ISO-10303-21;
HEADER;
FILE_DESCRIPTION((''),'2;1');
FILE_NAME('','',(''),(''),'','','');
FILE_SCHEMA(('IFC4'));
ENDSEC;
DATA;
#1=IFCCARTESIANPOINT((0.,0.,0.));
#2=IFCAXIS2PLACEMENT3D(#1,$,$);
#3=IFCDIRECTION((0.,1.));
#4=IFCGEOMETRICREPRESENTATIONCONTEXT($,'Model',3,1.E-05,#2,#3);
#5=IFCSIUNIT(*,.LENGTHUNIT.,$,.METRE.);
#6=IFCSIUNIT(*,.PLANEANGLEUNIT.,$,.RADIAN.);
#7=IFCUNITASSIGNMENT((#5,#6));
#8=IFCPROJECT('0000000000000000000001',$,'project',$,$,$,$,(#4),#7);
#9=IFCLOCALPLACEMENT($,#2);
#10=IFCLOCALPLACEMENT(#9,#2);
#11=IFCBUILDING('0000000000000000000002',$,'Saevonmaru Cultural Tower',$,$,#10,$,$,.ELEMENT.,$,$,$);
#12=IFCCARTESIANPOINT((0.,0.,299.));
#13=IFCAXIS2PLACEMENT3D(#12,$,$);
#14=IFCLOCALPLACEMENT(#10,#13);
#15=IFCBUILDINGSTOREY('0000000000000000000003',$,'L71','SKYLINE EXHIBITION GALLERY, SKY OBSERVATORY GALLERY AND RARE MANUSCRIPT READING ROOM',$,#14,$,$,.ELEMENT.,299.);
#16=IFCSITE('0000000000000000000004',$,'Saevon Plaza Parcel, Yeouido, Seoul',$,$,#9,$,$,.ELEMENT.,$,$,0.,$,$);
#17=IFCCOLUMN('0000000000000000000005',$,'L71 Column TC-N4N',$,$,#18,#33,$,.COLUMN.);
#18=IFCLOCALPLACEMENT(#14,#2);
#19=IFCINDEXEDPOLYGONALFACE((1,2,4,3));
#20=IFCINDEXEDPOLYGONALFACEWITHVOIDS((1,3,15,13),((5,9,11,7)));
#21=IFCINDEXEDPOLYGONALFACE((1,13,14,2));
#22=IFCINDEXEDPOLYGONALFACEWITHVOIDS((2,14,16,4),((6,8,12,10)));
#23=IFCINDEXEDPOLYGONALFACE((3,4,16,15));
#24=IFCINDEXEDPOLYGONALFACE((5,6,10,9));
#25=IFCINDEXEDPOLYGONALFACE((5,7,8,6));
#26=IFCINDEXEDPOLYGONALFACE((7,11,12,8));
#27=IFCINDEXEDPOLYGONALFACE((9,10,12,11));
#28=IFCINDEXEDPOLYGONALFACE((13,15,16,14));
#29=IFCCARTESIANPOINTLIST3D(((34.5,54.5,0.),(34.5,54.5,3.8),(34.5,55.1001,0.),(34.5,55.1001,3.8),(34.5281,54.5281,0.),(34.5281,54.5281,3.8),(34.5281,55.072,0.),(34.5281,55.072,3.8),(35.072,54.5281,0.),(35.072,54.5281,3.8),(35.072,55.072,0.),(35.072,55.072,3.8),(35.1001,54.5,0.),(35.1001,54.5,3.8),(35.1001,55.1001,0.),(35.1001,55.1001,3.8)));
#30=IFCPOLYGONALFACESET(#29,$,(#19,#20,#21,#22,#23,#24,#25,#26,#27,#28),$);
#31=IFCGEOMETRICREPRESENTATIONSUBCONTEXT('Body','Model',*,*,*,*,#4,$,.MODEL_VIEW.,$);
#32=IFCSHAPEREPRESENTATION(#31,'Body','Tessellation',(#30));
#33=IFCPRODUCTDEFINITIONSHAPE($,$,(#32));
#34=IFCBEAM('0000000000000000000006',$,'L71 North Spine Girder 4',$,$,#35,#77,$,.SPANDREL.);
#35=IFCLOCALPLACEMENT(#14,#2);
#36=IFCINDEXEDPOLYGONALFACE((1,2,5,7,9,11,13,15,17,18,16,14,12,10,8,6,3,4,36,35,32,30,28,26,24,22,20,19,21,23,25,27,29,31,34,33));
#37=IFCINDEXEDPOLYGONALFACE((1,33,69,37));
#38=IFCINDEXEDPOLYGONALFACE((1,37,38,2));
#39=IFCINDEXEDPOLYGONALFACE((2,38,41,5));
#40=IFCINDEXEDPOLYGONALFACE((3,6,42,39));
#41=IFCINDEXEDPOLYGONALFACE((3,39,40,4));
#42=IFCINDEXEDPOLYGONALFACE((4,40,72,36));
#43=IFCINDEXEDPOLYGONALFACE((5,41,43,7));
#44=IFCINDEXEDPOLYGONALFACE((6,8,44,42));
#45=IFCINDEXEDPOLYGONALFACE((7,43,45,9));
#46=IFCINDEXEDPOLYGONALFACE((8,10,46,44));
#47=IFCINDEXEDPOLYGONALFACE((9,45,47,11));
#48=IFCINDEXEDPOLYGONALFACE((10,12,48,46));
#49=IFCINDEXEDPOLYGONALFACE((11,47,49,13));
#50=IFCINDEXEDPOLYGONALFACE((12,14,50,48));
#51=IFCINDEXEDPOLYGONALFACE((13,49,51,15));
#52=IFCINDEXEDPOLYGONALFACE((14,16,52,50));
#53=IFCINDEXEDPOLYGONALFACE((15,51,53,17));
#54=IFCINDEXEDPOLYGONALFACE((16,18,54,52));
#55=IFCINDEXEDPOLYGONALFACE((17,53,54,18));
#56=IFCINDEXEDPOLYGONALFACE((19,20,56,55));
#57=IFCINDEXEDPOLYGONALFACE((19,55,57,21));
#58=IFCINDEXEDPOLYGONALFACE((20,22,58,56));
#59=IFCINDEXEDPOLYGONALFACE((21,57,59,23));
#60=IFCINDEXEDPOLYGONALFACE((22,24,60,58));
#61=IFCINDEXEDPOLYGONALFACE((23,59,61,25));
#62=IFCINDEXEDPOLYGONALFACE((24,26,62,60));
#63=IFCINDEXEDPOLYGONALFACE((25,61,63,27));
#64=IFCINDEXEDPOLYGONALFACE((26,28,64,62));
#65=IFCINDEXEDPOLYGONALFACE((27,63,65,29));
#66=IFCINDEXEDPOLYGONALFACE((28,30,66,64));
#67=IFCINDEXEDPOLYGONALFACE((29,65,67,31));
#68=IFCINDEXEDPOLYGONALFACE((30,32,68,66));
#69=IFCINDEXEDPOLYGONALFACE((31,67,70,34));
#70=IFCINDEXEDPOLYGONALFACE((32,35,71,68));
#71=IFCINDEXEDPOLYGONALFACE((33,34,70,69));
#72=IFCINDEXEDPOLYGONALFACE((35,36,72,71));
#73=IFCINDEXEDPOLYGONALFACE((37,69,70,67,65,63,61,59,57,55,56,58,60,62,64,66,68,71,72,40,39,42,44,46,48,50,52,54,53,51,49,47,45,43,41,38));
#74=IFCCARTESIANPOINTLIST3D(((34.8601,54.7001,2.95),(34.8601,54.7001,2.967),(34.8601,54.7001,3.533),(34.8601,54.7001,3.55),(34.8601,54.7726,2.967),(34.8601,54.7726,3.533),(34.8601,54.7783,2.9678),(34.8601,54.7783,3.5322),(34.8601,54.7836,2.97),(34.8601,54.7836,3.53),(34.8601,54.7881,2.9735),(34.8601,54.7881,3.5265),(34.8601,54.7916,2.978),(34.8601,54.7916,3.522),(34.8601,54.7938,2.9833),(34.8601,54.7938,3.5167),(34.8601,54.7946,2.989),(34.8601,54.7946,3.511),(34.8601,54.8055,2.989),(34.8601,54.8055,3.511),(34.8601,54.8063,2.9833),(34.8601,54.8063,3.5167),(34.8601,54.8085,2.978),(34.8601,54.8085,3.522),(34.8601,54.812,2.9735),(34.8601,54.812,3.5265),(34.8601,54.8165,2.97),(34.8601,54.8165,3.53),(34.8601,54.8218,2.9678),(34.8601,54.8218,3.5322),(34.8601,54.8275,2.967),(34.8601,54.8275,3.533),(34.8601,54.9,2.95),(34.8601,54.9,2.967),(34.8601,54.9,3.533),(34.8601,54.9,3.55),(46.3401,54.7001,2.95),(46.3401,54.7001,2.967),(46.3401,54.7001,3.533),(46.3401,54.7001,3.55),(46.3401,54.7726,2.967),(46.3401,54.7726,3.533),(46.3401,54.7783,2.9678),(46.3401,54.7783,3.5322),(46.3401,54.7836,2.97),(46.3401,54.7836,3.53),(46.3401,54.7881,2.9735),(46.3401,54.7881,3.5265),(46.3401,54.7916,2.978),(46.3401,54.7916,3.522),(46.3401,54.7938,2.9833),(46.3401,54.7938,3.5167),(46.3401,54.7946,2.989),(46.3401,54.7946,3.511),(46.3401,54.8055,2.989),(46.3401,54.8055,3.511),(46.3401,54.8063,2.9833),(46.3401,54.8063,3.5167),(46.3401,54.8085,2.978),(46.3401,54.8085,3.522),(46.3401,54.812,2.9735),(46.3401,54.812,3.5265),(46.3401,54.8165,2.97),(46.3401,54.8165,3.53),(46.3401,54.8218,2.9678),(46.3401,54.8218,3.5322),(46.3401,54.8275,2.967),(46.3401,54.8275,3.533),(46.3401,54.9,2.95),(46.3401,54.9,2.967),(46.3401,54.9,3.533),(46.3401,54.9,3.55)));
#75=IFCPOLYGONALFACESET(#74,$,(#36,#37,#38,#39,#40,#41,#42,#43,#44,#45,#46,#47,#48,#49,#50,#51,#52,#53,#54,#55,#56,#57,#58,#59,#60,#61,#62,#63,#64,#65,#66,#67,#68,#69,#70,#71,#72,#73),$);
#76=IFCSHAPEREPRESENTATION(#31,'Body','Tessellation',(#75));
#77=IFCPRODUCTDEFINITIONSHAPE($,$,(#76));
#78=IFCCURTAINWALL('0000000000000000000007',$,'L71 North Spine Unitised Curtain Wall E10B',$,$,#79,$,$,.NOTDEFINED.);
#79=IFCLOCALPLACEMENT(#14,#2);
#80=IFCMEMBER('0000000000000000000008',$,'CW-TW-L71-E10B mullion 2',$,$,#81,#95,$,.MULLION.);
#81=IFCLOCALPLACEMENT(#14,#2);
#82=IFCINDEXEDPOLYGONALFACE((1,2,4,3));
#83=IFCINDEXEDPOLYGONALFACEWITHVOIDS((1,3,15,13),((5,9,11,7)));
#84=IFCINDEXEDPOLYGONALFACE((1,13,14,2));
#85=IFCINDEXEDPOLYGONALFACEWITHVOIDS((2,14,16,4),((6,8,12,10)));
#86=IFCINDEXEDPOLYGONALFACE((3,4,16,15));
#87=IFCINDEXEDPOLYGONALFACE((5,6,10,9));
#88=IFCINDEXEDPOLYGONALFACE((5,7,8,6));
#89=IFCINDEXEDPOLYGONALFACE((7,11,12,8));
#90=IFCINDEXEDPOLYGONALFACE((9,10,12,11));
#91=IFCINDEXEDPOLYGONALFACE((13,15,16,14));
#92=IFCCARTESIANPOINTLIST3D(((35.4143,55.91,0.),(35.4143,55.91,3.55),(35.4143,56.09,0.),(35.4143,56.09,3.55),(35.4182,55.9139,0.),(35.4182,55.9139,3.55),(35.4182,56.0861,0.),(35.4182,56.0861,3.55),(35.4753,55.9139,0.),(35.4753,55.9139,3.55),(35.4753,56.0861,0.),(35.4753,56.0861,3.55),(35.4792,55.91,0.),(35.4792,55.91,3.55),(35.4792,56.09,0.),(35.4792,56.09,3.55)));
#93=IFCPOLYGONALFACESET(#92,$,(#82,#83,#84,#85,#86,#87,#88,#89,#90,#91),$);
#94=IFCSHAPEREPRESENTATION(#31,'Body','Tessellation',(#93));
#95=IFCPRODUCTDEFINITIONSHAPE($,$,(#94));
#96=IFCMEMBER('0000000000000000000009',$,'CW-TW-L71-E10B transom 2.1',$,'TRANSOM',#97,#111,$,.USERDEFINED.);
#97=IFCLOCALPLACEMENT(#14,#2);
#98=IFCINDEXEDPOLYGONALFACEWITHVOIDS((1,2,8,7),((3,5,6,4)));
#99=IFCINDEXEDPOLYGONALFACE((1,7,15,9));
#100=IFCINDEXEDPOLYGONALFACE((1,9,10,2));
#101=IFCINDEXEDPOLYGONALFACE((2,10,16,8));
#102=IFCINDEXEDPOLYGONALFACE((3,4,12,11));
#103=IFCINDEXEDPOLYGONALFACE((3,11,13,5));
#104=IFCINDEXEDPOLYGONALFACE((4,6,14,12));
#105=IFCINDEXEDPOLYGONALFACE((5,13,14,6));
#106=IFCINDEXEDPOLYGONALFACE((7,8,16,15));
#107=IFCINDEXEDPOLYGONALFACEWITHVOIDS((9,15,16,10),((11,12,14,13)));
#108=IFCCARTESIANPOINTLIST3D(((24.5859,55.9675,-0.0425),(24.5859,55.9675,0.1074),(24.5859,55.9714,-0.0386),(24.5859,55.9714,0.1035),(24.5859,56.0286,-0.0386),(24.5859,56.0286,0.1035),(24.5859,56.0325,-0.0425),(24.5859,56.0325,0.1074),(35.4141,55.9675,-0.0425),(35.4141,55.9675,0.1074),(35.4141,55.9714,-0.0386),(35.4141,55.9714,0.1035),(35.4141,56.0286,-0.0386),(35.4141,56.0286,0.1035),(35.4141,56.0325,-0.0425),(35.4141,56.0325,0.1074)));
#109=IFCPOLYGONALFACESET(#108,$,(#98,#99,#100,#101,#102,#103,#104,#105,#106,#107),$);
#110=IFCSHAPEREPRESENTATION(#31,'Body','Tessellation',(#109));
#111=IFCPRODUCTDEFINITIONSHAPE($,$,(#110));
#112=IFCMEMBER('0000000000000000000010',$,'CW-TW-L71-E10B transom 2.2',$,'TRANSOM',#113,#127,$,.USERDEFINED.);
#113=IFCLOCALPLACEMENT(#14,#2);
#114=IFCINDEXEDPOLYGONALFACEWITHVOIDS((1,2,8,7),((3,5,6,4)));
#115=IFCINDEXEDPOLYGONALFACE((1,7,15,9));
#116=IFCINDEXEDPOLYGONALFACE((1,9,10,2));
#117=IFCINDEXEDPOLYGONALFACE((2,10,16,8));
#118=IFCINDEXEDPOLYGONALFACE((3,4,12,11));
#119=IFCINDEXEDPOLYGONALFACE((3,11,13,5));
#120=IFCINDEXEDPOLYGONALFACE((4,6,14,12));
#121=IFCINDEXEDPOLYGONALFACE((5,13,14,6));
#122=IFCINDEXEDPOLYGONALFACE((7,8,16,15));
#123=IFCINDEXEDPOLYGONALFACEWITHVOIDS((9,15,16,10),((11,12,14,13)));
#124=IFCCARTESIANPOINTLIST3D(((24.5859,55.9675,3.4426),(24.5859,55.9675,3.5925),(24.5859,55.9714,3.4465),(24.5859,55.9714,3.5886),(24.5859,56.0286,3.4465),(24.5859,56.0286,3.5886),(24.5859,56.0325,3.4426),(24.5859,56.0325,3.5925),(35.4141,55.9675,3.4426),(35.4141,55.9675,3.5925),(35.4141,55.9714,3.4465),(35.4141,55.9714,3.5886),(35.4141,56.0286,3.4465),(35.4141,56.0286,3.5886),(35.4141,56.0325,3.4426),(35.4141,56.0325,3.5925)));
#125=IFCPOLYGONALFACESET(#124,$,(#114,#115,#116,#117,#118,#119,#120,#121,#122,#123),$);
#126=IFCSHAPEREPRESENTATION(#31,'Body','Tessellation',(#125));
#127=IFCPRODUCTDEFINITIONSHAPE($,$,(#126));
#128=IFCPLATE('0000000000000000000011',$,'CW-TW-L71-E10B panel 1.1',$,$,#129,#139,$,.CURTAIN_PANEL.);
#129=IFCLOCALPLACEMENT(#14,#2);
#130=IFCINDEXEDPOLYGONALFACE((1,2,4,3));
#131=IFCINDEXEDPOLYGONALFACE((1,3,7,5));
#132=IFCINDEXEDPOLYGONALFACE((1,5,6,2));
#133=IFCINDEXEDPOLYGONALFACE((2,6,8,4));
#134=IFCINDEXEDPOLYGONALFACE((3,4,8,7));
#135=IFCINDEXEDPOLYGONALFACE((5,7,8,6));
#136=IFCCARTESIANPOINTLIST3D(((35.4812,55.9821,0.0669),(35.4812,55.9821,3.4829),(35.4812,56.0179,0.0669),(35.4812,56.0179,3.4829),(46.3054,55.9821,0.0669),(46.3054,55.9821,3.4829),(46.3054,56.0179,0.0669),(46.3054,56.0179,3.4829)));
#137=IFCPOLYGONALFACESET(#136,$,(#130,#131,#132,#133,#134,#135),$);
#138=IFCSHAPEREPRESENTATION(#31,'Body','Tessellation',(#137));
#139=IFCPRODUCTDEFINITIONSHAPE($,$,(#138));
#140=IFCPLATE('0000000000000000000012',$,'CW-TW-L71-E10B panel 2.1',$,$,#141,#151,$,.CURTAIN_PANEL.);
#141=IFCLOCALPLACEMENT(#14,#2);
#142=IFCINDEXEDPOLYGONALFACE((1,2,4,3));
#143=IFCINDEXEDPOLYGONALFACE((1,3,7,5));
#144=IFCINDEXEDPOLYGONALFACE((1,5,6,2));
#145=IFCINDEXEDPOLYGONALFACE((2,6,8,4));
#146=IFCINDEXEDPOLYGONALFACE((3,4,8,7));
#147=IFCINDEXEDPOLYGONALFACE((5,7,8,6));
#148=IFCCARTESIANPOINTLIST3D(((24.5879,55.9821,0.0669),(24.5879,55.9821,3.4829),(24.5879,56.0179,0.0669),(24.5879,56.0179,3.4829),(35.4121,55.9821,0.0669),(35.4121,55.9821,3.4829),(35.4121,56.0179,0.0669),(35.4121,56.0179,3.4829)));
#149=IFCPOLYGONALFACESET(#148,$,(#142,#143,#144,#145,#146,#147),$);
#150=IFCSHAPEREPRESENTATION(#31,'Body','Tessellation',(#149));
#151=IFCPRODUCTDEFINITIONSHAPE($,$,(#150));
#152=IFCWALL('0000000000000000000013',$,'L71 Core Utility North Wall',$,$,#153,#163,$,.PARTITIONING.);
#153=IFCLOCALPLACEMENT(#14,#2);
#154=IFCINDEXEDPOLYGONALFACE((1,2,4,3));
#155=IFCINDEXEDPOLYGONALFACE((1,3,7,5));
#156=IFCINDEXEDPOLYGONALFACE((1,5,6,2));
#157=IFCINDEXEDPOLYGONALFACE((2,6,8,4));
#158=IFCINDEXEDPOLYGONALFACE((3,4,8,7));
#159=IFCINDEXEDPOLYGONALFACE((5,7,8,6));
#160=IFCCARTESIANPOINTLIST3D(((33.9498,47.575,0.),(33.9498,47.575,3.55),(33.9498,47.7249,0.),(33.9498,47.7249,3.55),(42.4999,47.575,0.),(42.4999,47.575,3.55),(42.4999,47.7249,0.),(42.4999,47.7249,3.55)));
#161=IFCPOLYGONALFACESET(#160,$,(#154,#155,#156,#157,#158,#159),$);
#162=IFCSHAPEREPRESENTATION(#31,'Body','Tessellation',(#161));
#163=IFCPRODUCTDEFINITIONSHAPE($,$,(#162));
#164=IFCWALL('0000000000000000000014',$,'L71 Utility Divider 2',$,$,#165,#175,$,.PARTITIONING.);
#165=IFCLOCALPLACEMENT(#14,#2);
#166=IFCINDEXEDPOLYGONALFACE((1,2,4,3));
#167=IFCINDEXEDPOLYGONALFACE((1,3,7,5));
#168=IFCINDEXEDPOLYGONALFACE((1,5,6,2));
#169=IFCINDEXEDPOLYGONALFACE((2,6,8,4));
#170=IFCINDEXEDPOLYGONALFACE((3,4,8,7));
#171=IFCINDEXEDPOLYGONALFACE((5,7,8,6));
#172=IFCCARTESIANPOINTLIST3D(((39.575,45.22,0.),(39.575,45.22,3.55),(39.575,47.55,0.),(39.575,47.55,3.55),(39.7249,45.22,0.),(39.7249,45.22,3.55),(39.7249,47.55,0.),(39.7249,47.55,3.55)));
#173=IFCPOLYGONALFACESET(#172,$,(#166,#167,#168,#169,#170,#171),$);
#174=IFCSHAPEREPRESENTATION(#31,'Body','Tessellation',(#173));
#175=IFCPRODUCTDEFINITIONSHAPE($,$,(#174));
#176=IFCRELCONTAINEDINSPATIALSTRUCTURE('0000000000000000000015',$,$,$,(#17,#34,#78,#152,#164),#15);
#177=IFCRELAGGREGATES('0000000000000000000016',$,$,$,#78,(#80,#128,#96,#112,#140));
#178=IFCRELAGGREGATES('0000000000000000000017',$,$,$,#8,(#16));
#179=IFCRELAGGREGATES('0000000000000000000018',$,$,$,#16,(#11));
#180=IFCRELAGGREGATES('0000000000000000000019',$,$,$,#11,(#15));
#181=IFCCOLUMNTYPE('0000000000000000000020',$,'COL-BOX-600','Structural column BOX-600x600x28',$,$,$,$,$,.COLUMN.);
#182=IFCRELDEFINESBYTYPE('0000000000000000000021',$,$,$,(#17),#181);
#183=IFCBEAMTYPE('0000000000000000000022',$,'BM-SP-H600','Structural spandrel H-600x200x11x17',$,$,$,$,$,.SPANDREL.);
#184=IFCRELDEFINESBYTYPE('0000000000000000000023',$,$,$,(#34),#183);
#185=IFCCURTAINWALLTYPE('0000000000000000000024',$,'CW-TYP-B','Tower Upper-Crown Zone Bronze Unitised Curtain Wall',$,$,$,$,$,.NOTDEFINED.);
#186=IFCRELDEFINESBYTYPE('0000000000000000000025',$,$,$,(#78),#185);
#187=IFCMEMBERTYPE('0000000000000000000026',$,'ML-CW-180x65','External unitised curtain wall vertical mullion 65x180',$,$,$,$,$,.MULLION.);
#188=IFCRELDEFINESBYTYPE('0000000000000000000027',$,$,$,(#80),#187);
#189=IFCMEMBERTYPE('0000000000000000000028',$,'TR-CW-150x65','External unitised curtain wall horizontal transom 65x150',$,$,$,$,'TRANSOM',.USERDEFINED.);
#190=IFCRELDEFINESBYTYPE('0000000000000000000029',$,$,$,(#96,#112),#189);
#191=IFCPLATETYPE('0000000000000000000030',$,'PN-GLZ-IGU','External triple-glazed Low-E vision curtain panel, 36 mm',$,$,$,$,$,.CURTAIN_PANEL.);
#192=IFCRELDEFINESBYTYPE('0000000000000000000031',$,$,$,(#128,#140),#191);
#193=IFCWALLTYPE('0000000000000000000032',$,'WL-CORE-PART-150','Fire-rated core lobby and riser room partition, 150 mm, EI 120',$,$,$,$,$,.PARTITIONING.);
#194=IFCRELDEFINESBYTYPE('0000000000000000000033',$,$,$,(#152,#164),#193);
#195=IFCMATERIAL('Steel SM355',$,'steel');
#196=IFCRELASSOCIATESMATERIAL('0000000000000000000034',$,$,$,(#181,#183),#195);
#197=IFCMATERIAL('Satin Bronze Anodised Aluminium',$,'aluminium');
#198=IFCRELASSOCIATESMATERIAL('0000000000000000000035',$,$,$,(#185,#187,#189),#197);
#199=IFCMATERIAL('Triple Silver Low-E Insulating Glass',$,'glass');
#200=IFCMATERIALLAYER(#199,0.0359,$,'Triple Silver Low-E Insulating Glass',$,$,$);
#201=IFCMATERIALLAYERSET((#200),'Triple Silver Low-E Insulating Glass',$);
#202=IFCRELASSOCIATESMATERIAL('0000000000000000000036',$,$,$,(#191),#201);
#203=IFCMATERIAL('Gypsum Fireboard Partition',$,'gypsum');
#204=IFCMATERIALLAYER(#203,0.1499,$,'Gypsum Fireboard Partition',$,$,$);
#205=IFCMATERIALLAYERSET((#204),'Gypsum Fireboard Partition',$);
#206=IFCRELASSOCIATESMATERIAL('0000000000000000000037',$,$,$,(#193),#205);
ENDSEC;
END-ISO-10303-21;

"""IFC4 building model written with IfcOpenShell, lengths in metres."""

from ifc_helpers import new_model, si_unit, direction, frame, frame_2d, origin, origin_2d, place, context, subcontext, project, spatial, rectangle, hollow_rectangle, i_section, extrude, material, layer, layer_set, material_profile, profile_set, type_object, element, aggregate, save


model = new_model("IFC4")

# Units and contexts
model_context = context("Model", 3, precision=1e-05, world=origin(), true_north=direction((0.0, 1.0)))
body_context = subcontext(model_context, "Body", "Model", "MODEL_VIEW")
ifc_project = project(units=[si_unit("LENGTHUNIT", "METRE"), si_unit("PLANEANGLEUNIT", "RADIAN")], contexts=[model_context])

# Site, building, storey
site_placement = place(None, origin())
site = spatial("IfcSite", under=ifc_project, at=site_placement, Name="Saevon Plaza Parcel, Yeouido, Seoul", CompositionType="ELEMENT", RefElevation=0.0)
building_placement = place(site_placement, origin())
building = spatial("IfcBuilding", under=site, at=building_placement, Name="Saevonmaru Cultural Tower", CompositionType="ELEMENT")
storey_placement = place(building_placement, frame((0.0, 0.0, 299.0)))
storey = spatial("IfcBuildingStorey", under=building, at=storey_placement, Name="L71", Description="SKYLINE EXHIBITION GALLERY, SKY OBSERVATORY GALLERY AND RARE MANUSCRIPT READING ROOM", CompositionType="ELEMENT", Elevation=299.0)

# Column
ifc_material_1 = material(Name="Steel SM355", Category="steel")
ifc_material_profile_1 = material_profile(ifc_material_1, hollow_rectangle(XDim=0.6001, YDim=0.6001, WallThickness=0.0281, at=origin_2d()), Name="BOX-600x600x28")
ifc_profile_set_1 = profile_set([ifc_material_profile_1], Name="Steel SM355")
column_type = type_object("IfcColumnType", Name="COL-BOX-600", Description="Structural column BOX-600x600x28", PredefinedType="COLUMN", material=ifc_profile_set_1)
column_placement = place(storey_placement, frame((34.8, 54.8, 0.0), z_axis=(0.0, 0.0, 1.0), x_axis=(1.0, 0.0, 0.0)))
element("IfcColumn", 1, at=column_placement, inside=storey, type_object=column_type, Name="L71 Column TC-N4N", PredefinedType="COLUMN", context=body_context, shape_type="SweptSolid", body=[
    extrude(hollow_rectangle(XDim=0.6001, YDim=0.6001, WallThickness=0.0281, at=origin_2d()), origin(), (0.0, 0.0, 1.0), 3.8),
])

# Beam
ifc_material_profile_2 = material_profile(ifc_material_1, i_section(OverallWidth=0.2, OverallDepth=0.6001, WebThickness=0.011, FlangeThickness=0.0171, FilletRadius=0.022, at=origin_2d()), Name="H-600x200x11x17")
ifc_profile_set_2 = profile_set([ifc_material_profile_2], Name="Steel SM355")
beam_type = type_object("IfcBeamType", Name="BM-SP-H600", Description="Structural spandrel H-600x200x11x17", PredefinedType="SPANDREL", material=ifc_profile_set_2)
beam_placement = place(storey_placement, frame((34.8601, 54.8, 3.25), z_axis=(1.0, 0.0, 0.0), x_axis=(0.0, 1.0, 0.0)))
element("IfcBeam", 2, at=beam_placement, inside=storey, type_object=beam_type, Name="L71 North Spine Girder 4", PredefinedType="SPANDREL", context=body_context, shape_type="SweptSolid", body=[
    extrude(i_section(OverallWidth=0.2, OverallDepth=0.6001, WebThickness=0.011, FlangeThickness=0.0171, FilletRadius=0.022, at=origin_2d()), origin(), (0.0, 0.0, 1.0), 11.48),
])

# Curtain wall, members, plates
ifc_material_2 = material(Name="Satin Bronze Anodised Aluminium", Category="aluminium")
curtain_wall_type = type_object("IfcCurtainWallType", Name="CW-TYP-B", Description="Tower Upper-Crown Zone Bronze Unitised Curtain Wall", PredefinedType="NOTDEFINED", material=ifc_material_2)
curtain_wall_placement = place(storey_placement, origin())
curtain_wall = element("IfcCurtainWall", 3, at=curtain_wall_placement, inside=storey, type_object=curtain_wall_type, Name="L71 North Spine Unitised Curtain Wall E10B", PredefinedType="NOTDEFINED")
ifc_material_profile_3 = material_profile(ifc_material_2, hollow_rectangle(XDim=0.0649, YDim=0.1799, WallThickness=0.0039, at=origin_2d()), Name="ALU-MULL-180x65x4")
ifc_profile_set_3 = profile_set([ifc_material_profile_3], Name="Satin Bronze Anodised Aluminium")
member_type_1 = type_object("IfcMemberType", Name="ML-CW-180x65", Description="External unitised curtain wall vertical mullion 65x180", PredefinedType="MULLION", material=ifc_profile_set_3)
member_1_placement = place(storey_placement, frame((35.4468, 56.0, 0.0), z_axis=(0.0, 0.0, 1.0), x_axis=(-1.0, 0.0, 0.0)))
member_1 = element("IfcMember", 4, at=member_1_placement, type_object=member_type_1, Name="CW-TW-L71-E10B mullion 2", PredefinedType="MULLION", context=body_context, shape_type="SweptSolid", body=[
    extrude(hollow_rectangle(XDim=0.0649, YDim=0.1799, WallThickness=0.0039, at=origin_2d()), origin(), (0.0, 0.0, 1.0), 3.55),
])
ifc_material_profile_4 = material_profile(ifc_material_2, hollow_rectangle(XDim=0.0649, YDim=0.1499, WallThickness=0.0039, at=origin_2d()), Name="ALU-TRAN-150x65x4")
ifc_profile_set_4 = profile_set([ifc_material_profile_4], Name="Satin Bronze Anodised Aluminium")
member_type_2 = type_object("IfcMemberType", Name="TR-CW-150x65", Description="External unitised curtain wall horizontal transom 65x150", ElementType="TRANSOM", PredefinedType="USERDEFINED", material=ifc_profile_set_4)
member_2_placement = place(storey_placement, frame((35.4141, 56.0, 0.0325), z_axis=(-1.0, 0.0, 0.0), x_axis=(0.0, -1.0, 0.0)))
member_2 = element("IfcMember", 5, at=member_2_placement, type_object=member_type_2, Name="CW-TW-L71-E10B transom 2.1", ObjectType="TRANSOM", PredefinedType="USERDEFINED", context=body_context, shape_type="SweptSolid", body=[
    extrude(hollow_rectangle(XDim=0.0649, YDim=0.1499, WallThickness=0.0039, at=origin_2d()), origin(), (0.0, 0.0, 1.0), 10.8281),
])
member_3_placement = place(storey_placement, frame((35.4141, 56.0, 3.5176), z_axis=(-1.0, 0.0, 0.0), x_axis=(0.0, -1.0, 0.0)))
member_3 = element("IfcMember", 6, at=member_3_placement, type_object=member_type_2, Name="CW-TW-L71-E10B transom 2.2", ObjectType="TRANSOM", PredefinedType="USERDEFINED", context=body_context, shape_type="SweptSolid", body=[
    extrude(hollow_rectangle(XDim=0.0649, YDim=0.1499, WallThickness=0.0039, at=origin_2d()), origin(), (0.0, 0.0, 1.0), 10.8281),
])
ifc_material_3 = material(Name="Triple Silver Low-E Insulating Glass", Category="glass")
ifc_layer_1 = layer(ifc_material_3, 0.0359, Name="Triple Silver Low-E Insulating Glass")
ifc_layer_set_1 = layer_set([ifc_layer_1], Name="Triple Silver Low-E Insulating Glass")
plate_type = type_object("IfcPlateType", Name="PN-GLZ-IGU", Description="External triple-glazed Low-E vision curtain panel, 36 mm", PredefinedType="CURTAIN_PANEL", material=ifc_layer_set_1)
plate_1_placement = place(storey_placement, frame((40.8933, 56.0, 0.0669), z_axis=(0.0, 0.0, 1.0), x_axis=(-1.0, 0.0, 0.0)))
plate_1 = element("IfcPlate", 7, at=plate_1_placement, type_object=plate_type, Name="CW-TW-L71-E10B panel 1.1", PredefinedType="CURTAIN_PANEL", context=body_context, shape_type="SweptSolid", body=[
    extrude(rectangle(XDim=10.8242, YDim=0.0359, at=origin_2d()), origin(), (0.0, 0.0, 1.0), 3.416),
])
plate_2_placement = place(storey_placement, frame((30.0, 56.0, 0.0669), z_axis=(0.0, 0.0, 1.0), x_axis=(-1.0, 0.0, 0.0)))
plate_2 = element("IfcPlate", 8, at=plate_2_placement, type_object=plate_type, Name="CW-TW-L71-E10B panel 2.1", PredefinedType="CURTAIN_PANEL", context=body_context, shape_type="SweptSolid", body=[
    extrude(rectangle(XDim=10.8242, YDim=0.0359, at=origin_2d()), origin(), (0.0, 0.0, 1.0), 3.416),
])
aggregate(curtain_wall, [member_1, plate_1, member_2, member_3, plate_2])

# Shared definitions
ifc_material_4 = material(Name="Gypsum Fireboard Partition", Category="gypsum")
ifc_layer_2 = layer(ifc_material_4, 0.1499, Name="Gypsum Fireboard Partition")
ifc_layer_set_2 = layer_set([ifc_layer_2], Name="Gypsum Fireboard Partition")
wall_type_1 = type_object("IfcWallType", Name="WL-CORE-PART-150", Description="Fire-rated core lobby and riser room partition, 150 mm, EI 120", PredefinedType="PARTITIONING", material=ifc_layer_set_2)

# Walls
wall_1_placement = place(storey_placement, frame((33.95, 47.6499, 0.0), z_axis=(0.0, 0.0, 1.0), x_axis=(1.0, 0.0, 0.0)))
element("IfcWall", 9, at=wall_1_placement, inside=storey, type_object=wall_type_1, Name="L71 Core Utility North Wall", PredefinedType="PARTITIONING", context=body_context, shape_type="SweptSolid", body=[
    extrude(rectangle(XDim=8.55, YDim=0.1499, at=frame_2d((4.2749, 0.0))), origin(), (0.0, 0.0, 1.0), 3.55),
])
wall_2_placement = place(storey_placement, frame((39.6499, 45.22, 0.0), z_axis=(0.0, 0.0, 1.0), x_axis=(0.0, 1.0, 0.0)))
element("IfcWall", 10, at=wall_2_placement, inside=storey, type_object=wall_type_1, Name="L71 Utility Divider 2", PredefinedType="PARTITIONING", context=body_context, shape_type="SweptSolid", body=[
    extrude(rectangle(XDim=2.3301, YDim=0.1499, at=frame_2d((1.165, 0.0))), origin(), (0.0, 0.0, 1.0), 3.55),
])

save(model, "model.ifc")
